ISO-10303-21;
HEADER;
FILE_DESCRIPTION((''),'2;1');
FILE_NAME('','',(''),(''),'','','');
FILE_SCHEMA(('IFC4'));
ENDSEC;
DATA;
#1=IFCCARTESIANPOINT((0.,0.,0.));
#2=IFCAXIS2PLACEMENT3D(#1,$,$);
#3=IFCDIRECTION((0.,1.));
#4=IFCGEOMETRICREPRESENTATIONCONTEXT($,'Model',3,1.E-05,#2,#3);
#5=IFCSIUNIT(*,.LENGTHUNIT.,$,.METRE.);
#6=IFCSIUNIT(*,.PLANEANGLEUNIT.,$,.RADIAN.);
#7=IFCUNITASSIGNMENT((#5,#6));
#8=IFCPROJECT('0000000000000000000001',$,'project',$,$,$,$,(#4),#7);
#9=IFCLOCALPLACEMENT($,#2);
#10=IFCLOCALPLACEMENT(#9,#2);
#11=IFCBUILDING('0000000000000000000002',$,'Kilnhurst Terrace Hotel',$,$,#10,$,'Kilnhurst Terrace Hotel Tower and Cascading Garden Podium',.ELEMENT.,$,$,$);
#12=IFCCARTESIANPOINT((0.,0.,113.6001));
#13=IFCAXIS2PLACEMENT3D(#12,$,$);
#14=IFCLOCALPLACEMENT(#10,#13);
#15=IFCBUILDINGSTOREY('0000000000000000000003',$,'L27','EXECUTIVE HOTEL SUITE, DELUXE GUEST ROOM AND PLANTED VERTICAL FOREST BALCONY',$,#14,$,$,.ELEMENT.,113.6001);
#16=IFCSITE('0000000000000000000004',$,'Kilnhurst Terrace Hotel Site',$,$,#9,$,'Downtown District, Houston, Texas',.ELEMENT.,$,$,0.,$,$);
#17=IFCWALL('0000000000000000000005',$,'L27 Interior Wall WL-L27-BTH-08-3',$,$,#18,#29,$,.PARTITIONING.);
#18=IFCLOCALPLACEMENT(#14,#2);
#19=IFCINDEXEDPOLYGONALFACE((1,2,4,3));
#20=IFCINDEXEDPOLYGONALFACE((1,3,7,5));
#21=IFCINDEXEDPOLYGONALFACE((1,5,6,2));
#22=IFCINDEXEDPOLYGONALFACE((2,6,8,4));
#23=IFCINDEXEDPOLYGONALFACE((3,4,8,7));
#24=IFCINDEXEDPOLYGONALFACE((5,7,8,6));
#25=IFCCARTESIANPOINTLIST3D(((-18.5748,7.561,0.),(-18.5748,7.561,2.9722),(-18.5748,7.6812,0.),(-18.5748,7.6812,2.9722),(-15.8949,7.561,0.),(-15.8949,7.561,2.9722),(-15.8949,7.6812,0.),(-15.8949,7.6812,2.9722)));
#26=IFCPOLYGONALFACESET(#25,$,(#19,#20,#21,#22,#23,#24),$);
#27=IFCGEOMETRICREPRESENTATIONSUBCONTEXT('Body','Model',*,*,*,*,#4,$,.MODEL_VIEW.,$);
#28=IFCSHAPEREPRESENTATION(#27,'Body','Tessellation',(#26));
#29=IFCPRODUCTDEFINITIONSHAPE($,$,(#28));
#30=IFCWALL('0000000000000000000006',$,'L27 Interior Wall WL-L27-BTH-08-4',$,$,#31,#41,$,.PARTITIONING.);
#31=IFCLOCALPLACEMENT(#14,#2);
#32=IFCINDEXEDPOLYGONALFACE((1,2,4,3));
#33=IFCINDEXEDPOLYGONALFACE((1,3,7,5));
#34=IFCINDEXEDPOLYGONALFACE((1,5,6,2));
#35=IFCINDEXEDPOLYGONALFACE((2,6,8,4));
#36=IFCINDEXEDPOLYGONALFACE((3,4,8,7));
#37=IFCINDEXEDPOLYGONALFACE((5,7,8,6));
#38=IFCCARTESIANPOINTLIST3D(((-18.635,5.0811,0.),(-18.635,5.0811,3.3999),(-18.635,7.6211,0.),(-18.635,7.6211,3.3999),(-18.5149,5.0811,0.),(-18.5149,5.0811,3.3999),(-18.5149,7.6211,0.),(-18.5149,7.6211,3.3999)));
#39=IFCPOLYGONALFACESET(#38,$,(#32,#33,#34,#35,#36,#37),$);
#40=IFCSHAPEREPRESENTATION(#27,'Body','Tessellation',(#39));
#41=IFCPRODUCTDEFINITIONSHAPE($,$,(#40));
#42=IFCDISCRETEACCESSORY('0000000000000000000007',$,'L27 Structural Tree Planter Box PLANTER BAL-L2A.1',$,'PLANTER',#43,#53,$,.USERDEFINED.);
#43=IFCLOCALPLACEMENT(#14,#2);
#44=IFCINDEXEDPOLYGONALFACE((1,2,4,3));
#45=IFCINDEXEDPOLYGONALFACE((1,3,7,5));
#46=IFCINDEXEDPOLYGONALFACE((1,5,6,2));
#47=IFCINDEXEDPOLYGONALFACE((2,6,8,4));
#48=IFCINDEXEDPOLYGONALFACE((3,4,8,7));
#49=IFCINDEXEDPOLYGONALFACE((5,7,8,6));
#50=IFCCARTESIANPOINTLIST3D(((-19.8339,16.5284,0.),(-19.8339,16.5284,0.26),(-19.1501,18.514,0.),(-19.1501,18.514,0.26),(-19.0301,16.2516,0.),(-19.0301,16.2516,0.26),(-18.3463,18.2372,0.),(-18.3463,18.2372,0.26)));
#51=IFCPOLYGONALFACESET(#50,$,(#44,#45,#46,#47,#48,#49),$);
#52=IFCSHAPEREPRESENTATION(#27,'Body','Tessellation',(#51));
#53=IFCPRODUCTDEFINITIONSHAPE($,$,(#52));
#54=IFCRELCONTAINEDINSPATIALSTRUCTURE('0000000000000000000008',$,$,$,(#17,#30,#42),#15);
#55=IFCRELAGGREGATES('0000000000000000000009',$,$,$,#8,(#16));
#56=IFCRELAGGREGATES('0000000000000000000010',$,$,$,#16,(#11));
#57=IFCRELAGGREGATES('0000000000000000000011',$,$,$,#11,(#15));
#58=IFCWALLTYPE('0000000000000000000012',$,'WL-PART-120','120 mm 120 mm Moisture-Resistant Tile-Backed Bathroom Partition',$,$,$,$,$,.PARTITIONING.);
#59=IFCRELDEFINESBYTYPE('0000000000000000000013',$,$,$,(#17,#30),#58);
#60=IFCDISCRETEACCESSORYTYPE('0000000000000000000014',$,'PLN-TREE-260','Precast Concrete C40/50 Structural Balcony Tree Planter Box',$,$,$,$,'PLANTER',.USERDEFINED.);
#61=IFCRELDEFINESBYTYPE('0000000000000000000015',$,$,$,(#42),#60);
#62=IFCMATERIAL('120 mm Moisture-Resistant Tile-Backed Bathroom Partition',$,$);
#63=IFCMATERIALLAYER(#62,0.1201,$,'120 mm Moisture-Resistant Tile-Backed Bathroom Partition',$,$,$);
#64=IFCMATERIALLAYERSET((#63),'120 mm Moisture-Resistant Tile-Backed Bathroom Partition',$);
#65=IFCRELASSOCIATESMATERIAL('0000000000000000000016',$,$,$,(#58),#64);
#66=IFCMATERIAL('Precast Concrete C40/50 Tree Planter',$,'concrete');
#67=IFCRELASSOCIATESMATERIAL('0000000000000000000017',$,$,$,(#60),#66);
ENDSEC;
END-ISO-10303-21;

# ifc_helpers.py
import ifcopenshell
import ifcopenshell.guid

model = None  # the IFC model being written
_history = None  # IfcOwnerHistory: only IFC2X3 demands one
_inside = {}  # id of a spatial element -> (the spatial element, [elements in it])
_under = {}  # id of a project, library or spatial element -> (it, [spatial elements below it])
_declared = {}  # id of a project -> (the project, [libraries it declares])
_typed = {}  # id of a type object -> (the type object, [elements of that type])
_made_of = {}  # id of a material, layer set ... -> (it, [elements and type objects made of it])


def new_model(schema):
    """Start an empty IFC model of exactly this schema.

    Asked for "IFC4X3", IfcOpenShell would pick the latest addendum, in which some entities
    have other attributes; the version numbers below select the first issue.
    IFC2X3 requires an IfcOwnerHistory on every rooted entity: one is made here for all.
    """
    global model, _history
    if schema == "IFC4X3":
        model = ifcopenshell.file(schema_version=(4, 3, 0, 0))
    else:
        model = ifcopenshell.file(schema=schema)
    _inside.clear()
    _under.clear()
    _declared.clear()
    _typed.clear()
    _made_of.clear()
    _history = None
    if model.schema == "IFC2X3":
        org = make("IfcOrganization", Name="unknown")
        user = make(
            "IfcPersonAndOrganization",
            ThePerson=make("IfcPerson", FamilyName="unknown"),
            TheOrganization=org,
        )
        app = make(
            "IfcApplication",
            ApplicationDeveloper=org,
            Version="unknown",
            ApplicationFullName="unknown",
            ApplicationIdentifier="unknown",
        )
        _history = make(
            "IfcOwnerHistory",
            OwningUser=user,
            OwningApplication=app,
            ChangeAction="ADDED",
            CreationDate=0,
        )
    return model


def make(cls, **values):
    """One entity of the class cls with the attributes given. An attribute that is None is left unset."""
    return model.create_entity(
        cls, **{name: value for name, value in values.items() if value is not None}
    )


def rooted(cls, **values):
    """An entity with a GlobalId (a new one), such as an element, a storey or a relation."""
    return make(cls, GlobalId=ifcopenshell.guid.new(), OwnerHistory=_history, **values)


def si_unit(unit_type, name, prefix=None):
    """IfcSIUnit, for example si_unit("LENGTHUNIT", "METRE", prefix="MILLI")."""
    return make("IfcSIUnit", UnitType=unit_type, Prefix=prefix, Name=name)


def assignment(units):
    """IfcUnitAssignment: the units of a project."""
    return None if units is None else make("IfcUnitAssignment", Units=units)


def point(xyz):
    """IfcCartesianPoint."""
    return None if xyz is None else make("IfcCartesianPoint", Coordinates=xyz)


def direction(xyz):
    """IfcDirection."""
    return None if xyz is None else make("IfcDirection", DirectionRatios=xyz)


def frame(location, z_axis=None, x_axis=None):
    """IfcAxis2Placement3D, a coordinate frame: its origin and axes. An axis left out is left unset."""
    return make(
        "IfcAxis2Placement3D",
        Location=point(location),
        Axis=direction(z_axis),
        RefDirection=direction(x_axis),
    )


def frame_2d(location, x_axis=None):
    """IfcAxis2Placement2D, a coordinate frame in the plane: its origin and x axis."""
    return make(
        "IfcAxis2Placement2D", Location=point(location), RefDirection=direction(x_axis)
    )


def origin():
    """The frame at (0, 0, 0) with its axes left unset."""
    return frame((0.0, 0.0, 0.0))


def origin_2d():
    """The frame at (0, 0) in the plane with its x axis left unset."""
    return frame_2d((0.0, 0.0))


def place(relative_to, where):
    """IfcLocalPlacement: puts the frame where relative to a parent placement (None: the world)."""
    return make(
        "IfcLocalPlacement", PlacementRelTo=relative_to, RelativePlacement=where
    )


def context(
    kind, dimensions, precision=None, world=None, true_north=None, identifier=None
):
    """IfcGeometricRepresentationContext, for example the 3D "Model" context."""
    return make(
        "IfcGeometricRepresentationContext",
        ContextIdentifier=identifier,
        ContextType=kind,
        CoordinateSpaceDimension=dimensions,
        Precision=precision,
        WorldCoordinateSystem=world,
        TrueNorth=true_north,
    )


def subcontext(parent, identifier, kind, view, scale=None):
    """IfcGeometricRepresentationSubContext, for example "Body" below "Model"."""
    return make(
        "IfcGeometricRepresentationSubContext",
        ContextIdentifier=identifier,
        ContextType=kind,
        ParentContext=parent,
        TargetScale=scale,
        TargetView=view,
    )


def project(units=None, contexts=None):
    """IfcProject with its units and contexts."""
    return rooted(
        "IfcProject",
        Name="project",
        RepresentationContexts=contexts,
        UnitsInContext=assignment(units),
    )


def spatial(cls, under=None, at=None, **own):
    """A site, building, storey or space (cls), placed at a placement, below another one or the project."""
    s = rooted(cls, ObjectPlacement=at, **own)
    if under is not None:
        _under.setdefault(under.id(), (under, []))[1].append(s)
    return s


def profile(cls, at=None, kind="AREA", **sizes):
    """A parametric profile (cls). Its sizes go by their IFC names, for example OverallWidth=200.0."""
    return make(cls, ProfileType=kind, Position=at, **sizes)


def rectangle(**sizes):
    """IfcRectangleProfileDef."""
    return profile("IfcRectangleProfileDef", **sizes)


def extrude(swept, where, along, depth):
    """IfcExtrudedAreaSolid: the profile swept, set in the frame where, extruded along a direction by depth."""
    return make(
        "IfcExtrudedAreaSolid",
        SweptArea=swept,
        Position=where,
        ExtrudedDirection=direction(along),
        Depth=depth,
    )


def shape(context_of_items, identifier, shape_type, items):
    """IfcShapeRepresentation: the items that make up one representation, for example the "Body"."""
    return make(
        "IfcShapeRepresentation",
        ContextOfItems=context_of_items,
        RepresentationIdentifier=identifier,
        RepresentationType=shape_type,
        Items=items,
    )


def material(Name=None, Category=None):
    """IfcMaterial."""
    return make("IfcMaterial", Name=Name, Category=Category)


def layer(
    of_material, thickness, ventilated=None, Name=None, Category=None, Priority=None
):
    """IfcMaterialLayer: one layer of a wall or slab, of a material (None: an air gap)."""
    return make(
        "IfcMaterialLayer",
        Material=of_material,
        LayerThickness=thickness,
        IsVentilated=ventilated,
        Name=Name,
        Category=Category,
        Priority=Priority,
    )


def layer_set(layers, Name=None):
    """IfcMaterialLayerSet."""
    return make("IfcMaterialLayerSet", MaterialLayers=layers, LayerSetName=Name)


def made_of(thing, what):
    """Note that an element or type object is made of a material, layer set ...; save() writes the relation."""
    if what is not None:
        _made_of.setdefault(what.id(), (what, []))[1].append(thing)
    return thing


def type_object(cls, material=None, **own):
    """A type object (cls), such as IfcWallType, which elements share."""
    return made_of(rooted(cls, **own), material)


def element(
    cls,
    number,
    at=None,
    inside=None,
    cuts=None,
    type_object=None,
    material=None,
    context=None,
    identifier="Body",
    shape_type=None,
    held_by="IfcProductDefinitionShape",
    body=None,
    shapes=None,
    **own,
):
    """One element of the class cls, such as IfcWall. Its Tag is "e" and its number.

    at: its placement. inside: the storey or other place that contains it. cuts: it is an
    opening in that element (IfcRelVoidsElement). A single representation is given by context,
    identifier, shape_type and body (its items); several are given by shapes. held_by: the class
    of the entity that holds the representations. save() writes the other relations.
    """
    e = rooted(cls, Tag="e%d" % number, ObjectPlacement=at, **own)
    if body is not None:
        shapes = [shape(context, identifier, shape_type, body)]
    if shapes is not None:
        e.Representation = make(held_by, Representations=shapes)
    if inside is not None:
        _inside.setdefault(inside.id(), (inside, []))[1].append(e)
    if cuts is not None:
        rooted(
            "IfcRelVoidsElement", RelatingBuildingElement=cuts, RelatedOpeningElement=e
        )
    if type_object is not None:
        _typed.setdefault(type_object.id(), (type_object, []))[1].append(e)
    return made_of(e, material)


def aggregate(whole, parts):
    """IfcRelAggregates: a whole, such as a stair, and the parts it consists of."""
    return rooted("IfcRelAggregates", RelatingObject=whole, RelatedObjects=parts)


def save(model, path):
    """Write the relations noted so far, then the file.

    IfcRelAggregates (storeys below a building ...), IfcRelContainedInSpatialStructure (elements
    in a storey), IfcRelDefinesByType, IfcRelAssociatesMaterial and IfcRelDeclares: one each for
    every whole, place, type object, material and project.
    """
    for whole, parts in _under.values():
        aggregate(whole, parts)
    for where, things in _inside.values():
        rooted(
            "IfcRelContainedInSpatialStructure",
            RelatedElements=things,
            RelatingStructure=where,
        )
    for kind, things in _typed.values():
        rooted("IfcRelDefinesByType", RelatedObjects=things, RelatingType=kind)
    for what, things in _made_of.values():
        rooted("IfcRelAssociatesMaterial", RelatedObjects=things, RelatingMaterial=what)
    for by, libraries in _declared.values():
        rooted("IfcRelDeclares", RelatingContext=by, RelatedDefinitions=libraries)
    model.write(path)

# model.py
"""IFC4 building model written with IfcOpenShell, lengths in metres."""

from ifc_helpers import new_model, si_unit, direction, frame, frame_2d, origin, origin_2d, place, context, subcontext, project, spatial, rectangle, extrude, material, layer, layer_set, type_object, element, save


model = new_model("IFC4")

# Units and contexts
model_context = context("Model", 3, precision=1e-05, world=origin(), true_north=direction((0.0, 1.0)))
body_context = subcontext(model_context, "Body", "Model", "MODEL_VIEW")
ifc_project = project(units=[si_unit("LENGTHUNIT", "METRE"), si_unit("PLANEANGLEUNIT", "RADIAN")], contexts=[model_context])

# Site, building, storey
site_placement = place(None, origin())
site = spatial("IfcSite", under=ifc_project, at=site_placement, Name="Kilnhurst Terrace Hotel Site", LongName="Downtown District, Houston, Texas", CompositionType="ELEMENT", RefElevation=0.0)
building_placement = place(site_placement, origin())
building = spatial("IfcBuilding", under=site, at=building_placement, Name="Kilnhurst Terrace Hotel", LongName="Kilnhurst Terrace Hotel Tower and Cascading Garden Podium", CompositionType="ELEMENT")
storey_placement = place(building_placement, frame((0.0, 0.0, 113.6001)))
storey = spatial("IfcBuildingStorey", under=building, at=storey_placement, Name="L27", Description="EXECUTIVE HOTEL SUITE, DELUXE GUEST ROOM AND PLANTED VERTICAL FOREST BALCONY", CompositionType="ELEMENT", Elevation=113.6001)

# Shared definitions
ifc_material_1 = material(Name="120 mm Moisture-Resistant Tile-Backed Bathroom Partition")
ifc_layer_1 = layer(ifc_material_1, 0.1201, Name="120 mm Moisture-Resistant Tile-Backed Bathroom Partition")
ifc_layer_set_1 = layer_set([ifc_layer_1], Name="120 mm Moisture-Resistant Tile-Backed Bathroom Partition")
wall_type_1 = type_object("IfcWallType", Name="WL-PART-120", Description="120 mm 120 mm Moisture-Resistant Tile-Backed Bathroom Partition", PredefinedType="PARTITIONING", material=ifc_layer_set_1)

# Walls
wall_1_placement = place(storey_placement, frame((-15.895, 7.6211, 0.0), z_axis=(0.0, 0.0, 1.0), x_axis=(-1.0, 0.0, 0.0)))
element("IfcWall", 1, at=wall_1_placement, inside=storey, type_object=wall_type_1, Name="L27 Interior Wall WL-L27-BTH-08-3", PredefinedType="PARTITIONING", context=body_context, shape_type="SweptSolid", body=[
    extrude(rectangle(XDim=2.6799, YDim=0.1201, at=frame_2d((1.3398, 0.0))), origin(), (0.0, 0.0, 1.0), 2.9722),
])
wall_2_placement = place(storey_placement, frame((-18.575, 7.6211, 0.0), z_axis=(0.0, 0.0, 1.0), x_axis=(0.0, -1.0, 0.0)))
element("IfcWall", 2, at=wall_2_placement, inside=storey, type_object=wall_type_1, Name="L27 Interior Wall WL-L27-BTH-08-4", PredefinedType="PARTITIONING", context=body_context, shape_type="SweptSolid", body=[
    extrude(rectangle(XDim=2.54, YDim=0.1201, at=frame_2d((1.27, 0.0))), origin(), (0.0, 0.0, 1.0), 3.3999),
])

# Discrete accessory
ifc_material_2 = material(Name="Precast Concrete C40/50 Tree Planter", Category="concrete")
discrete_accessory_type = type_object("IfcDiscreteAccessoryType", Name="PLN-TREE-260", Description="Precast Concrete C40/50 Structural Balcony Tree Planter Box", ElementType="PLANTER", PredefinedType="USERDEFINED", material=ifc_material_2)
discrete_accessory_placement = place(storey_placement, frame((-19.0901, 17.3828, 0.0), z_axis=(0.0, 0.0, 1.0), x_axis=(-0.325601, -0.945507, 0.0)))
element("IfcDiscreteAccessory", 3, at=discrete_accessory_placement, inside=storey, type_object=discrete_accessory_type, Name="L27 Structural Tree Planter Box PLANTER BAL-L2A.1", ObjectType="PLANTER", PredefinedType="USERDEFINED", context=body_context, shape_type="SweptSolid", body=[
    extrude(rectangle(XDim=2.1001, YDim=0.8501, at=origin_2d()), origin(), (0.0, 0.0, 1.0), 0.26),
])

save(model, "model.ifc")
